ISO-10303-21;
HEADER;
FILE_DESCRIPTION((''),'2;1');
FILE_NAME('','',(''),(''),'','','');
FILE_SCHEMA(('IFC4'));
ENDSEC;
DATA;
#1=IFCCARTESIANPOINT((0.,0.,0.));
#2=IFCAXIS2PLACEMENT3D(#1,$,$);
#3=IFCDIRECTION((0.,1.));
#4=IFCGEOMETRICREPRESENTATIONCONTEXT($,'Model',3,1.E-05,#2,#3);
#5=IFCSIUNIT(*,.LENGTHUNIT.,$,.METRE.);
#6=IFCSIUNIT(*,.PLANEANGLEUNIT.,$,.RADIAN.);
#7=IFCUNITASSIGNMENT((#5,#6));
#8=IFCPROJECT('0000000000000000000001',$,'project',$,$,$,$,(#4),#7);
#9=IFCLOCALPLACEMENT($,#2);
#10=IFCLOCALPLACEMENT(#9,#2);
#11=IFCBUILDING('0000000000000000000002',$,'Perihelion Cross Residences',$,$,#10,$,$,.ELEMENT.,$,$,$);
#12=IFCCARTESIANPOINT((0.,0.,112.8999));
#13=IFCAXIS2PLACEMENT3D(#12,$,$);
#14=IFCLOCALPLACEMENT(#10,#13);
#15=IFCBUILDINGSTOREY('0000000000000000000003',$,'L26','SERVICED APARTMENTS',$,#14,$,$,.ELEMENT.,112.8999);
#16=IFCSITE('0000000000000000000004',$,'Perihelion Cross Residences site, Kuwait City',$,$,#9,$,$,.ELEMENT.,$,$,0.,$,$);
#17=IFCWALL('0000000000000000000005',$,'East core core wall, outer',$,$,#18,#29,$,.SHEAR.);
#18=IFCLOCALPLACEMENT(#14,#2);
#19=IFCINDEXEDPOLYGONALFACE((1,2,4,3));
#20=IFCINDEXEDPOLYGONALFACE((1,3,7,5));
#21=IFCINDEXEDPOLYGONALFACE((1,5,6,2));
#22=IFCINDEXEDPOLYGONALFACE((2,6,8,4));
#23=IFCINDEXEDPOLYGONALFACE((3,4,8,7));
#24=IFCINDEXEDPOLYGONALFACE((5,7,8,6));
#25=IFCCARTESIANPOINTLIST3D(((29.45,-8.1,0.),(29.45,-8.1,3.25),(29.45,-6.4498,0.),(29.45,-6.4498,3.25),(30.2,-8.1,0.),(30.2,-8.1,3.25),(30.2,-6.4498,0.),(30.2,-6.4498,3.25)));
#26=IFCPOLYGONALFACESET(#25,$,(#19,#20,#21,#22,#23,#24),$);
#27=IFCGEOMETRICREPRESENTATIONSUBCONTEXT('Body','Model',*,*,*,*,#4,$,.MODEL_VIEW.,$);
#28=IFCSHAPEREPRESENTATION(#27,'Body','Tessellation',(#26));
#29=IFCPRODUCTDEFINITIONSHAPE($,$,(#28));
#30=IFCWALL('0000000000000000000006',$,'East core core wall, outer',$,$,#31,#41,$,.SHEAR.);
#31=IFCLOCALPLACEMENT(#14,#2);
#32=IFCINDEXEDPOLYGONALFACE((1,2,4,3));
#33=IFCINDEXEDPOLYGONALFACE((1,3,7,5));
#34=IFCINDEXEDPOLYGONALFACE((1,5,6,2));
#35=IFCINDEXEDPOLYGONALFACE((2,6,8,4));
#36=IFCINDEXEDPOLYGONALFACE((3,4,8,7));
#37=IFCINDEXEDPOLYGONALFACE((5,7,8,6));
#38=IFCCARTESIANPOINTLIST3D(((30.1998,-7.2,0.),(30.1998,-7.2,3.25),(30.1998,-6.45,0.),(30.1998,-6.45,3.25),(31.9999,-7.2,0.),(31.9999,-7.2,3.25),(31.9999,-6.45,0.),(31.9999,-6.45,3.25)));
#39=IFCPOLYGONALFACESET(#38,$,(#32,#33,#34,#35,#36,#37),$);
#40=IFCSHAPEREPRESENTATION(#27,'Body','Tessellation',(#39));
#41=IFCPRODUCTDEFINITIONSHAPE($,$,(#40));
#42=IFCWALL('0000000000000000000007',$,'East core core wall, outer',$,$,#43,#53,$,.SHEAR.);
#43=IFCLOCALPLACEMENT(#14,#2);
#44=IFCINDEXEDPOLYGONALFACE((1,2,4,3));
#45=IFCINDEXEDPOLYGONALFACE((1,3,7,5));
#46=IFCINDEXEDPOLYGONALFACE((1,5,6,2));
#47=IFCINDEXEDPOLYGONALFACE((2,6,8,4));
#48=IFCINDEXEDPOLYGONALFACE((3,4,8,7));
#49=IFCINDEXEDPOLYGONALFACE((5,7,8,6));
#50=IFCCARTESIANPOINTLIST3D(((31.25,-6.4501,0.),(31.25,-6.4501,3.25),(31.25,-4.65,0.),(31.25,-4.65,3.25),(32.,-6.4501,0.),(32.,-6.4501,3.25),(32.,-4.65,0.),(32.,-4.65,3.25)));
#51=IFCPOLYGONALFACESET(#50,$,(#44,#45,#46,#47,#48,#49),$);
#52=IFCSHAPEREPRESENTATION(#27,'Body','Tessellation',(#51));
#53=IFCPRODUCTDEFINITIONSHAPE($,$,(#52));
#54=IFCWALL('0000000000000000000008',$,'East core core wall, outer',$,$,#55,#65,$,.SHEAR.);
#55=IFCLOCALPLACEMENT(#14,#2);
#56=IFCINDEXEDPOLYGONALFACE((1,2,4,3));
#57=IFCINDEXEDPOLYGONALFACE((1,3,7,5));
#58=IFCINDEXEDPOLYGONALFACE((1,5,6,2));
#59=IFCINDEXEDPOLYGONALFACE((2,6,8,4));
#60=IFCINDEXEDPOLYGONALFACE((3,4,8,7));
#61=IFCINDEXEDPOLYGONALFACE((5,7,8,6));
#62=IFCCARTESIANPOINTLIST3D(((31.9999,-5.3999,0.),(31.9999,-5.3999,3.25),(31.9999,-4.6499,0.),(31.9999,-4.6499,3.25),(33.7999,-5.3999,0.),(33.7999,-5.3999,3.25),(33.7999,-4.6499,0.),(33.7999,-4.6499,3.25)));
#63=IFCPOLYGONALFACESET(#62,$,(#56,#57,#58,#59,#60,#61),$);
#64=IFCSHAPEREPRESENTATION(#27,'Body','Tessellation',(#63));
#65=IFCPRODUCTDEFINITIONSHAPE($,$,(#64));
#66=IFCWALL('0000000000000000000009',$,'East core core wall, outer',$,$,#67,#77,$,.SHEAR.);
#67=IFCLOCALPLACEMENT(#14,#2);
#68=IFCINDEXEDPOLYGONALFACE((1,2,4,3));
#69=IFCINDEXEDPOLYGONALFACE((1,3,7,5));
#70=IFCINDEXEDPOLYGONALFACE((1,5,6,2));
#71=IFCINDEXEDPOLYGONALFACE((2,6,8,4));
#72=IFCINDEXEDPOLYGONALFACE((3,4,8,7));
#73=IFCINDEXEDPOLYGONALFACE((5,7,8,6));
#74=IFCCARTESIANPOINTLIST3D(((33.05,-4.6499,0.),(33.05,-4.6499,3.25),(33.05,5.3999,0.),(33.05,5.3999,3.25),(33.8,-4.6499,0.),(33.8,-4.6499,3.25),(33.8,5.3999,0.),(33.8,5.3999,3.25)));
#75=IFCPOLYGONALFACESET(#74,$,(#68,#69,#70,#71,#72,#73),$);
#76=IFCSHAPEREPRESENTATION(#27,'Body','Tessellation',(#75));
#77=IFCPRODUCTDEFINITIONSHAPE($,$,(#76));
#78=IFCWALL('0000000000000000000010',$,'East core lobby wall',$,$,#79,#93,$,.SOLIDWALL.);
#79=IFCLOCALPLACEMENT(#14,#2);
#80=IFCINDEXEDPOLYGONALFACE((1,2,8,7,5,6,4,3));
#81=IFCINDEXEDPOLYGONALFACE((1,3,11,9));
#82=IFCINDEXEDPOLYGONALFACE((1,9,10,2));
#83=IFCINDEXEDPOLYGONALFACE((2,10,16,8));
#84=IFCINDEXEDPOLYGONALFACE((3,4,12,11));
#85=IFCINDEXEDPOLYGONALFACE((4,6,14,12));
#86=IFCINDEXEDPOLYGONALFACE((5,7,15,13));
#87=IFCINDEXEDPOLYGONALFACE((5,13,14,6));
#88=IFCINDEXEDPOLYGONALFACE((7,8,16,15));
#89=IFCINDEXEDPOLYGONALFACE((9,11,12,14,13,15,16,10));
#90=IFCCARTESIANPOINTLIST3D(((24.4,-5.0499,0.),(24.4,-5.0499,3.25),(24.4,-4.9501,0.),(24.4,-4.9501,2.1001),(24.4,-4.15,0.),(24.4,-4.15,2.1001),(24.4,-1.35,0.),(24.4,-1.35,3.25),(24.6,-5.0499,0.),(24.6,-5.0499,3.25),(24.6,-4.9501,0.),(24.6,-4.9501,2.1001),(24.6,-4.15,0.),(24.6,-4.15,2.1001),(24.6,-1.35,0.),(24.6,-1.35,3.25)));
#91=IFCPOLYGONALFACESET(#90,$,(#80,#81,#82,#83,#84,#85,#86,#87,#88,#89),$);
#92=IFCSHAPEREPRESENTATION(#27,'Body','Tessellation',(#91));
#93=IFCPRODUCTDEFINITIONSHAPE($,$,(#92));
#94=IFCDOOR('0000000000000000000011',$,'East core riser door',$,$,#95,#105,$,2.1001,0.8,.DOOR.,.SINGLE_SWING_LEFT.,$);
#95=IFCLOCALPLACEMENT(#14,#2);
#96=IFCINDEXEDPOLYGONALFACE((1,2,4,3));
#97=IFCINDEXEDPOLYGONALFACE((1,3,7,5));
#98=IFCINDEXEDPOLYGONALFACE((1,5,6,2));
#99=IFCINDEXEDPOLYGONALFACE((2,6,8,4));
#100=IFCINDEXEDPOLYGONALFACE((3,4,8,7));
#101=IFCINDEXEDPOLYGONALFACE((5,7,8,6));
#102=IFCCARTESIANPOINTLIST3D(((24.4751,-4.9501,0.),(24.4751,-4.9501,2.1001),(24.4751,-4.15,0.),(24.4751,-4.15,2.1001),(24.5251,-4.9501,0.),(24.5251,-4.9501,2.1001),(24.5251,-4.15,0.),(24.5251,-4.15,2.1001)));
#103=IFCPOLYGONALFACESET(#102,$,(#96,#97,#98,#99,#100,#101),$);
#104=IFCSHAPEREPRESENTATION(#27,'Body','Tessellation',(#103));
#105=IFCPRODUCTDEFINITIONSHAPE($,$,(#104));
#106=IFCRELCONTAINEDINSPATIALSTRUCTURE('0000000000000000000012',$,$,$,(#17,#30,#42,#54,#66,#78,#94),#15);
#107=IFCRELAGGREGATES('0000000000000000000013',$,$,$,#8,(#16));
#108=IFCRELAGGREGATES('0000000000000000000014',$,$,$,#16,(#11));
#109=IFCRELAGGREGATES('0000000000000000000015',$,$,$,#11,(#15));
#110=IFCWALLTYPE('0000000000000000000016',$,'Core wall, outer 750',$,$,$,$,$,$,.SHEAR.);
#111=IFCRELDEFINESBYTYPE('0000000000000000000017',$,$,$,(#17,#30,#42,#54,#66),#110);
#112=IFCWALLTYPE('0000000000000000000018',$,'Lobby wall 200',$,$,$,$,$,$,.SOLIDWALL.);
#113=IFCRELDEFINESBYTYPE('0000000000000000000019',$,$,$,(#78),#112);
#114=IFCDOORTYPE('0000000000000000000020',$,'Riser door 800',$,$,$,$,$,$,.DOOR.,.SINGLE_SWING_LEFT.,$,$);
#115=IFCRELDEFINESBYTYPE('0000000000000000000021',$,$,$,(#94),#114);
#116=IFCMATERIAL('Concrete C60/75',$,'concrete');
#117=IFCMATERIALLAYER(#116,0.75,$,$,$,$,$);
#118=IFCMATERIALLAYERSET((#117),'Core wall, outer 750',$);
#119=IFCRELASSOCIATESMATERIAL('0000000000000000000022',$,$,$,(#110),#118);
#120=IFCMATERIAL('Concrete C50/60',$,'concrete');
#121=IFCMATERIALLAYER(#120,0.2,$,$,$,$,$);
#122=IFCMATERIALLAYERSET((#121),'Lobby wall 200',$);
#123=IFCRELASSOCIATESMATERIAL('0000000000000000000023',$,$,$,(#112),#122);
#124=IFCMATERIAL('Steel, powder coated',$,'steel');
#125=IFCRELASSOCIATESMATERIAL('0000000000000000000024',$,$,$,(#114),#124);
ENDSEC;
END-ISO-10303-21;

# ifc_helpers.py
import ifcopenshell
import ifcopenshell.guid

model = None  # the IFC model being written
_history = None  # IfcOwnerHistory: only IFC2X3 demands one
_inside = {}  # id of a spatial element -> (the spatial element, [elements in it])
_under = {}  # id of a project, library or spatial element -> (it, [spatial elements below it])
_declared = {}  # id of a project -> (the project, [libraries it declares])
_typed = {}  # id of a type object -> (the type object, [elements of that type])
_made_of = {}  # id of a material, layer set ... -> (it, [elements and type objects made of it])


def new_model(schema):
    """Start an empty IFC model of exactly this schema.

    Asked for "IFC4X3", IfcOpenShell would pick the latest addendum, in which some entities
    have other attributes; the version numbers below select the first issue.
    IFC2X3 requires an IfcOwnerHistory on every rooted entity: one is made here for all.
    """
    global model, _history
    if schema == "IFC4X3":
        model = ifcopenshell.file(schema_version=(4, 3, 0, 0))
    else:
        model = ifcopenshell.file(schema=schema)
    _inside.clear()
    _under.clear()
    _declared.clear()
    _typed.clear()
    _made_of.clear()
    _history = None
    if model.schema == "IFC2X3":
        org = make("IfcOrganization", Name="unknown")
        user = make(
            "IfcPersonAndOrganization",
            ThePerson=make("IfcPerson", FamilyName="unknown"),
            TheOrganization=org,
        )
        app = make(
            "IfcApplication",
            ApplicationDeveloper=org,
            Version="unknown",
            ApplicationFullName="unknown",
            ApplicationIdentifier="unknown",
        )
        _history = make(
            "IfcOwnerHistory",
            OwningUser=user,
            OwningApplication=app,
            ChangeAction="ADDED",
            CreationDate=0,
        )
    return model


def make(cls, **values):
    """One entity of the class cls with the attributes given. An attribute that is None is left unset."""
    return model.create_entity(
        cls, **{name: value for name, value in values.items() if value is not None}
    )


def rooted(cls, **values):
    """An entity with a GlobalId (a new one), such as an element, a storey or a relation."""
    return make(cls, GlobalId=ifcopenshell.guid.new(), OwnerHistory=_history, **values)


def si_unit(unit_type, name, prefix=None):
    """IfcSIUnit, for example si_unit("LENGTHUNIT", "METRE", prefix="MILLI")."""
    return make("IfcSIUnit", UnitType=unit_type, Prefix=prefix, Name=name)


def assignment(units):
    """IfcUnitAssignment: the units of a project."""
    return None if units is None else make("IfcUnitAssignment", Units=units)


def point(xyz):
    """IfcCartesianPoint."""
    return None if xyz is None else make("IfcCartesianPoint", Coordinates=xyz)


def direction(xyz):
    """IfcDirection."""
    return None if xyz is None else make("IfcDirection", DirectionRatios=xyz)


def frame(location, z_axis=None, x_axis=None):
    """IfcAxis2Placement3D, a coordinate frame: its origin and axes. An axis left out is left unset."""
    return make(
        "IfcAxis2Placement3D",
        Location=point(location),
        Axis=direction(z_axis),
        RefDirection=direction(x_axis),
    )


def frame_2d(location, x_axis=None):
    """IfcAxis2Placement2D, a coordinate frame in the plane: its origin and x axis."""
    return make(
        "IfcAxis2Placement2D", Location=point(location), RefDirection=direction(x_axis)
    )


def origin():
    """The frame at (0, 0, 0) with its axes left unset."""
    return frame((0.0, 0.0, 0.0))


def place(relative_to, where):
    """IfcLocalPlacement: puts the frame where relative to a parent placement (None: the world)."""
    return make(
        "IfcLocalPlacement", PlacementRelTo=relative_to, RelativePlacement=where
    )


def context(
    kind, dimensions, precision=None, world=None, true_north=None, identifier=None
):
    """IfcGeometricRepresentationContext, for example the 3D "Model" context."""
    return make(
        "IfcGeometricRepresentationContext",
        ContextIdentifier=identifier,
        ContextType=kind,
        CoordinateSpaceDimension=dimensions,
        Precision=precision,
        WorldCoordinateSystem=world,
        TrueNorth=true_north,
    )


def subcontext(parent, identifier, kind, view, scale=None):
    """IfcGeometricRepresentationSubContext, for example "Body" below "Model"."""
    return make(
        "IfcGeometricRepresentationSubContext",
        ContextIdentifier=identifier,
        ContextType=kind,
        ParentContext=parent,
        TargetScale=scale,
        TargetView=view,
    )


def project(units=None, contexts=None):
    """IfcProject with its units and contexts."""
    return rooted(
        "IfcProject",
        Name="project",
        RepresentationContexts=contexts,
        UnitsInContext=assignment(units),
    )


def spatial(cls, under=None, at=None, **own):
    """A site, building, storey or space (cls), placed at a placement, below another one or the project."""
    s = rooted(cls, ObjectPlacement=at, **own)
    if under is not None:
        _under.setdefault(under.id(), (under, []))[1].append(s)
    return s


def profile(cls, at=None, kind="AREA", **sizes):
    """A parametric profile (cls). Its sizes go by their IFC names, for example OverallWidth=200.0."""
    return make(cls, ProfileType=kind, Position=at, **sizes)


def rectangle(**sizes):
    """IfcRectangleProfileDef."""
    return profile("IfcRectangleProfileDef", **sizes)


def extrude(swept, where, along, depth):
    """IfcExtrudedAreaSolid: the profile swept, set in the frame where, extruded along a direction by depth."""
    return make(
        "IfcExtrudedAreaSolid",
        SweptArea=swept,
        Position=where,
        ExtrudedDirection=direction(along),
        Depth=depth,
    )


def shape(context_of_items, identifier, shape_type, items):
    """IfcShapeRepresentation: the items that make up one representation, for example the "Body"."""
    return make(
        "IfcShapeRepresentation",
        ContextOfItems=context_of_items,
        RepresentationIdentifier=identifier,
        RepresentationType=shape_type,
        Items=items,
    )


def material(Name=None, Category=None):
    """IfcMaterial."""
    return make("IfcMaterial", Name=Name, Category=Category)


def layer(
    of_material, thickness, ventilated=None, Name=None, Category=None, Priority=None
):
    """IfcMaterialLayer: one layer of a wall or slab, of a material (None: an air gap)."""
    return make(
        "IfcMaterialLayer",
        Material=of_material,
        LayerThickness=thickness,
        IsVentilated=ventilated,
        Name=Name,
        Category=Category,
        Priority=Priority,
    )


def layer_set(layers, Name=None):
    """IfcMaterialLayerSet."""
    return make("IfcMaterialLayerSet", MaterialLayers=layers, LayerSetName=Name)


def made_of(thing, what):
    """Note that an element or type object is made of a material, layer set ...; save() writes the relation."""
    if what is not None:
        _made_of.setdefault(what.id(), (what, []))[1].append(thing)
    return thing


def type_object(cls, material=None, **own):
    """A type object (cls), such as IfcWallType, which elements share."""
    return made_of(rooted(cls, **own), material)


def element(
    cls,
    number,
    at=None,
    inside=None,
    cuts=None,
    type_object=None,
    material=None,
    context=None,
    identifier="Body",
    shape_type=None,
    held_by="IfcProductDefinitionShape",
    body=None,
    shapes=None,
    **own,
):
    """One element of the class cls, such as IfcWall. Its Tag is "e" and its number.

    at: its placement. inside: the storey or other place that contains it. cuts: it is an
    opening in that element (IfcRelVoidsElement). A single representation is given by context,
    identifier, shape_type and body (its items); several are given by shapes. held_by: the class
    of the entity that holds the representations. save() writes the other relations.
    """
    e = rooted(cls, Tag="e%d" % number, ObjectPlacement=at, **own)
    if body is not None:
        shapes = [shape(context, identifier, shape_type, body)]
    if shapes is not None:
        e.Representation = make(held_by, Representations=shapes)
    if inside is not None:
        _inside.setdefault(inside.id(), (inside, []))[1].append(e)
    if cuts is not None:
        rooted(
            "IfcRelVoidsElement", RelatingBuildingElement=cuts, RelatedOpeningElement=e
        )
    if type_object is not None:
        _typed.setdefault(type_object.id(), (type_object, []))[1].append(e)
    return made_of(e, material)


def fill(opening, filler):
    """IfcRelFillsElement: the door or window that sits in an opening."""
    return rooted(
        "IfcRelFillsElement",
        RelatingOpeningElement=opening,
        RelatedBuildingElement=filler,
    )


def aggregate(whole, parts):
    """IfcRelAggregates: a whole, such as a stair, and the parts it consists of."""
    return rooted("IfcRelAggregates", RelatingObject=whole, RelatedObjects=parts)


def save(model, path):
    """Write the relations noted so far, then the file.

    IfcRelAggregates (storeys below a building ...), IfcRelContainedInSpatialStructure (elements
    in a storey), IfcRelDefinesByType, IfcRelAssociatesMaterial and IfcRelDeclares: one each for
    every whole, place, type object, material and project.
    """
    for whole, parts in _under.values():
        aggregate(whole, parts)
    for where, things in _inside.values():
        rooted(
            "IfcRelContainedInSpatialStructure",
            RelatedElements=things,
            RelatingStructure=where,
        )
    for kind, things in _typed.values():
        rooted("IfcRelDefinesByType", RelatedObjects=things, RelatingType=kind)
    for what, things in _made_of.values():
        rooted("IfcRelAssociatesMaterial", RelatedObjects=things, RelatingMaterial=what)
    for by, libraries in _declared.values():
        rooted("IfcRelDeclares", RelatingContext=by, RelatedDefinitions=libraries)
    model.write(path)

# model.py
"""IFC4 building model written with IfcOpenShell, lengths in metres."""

from ifc_helpers import new_model, si_unit, direction, frame, frame_2d, origin, place, context, subcontext, project, spatial, rectangle, extrude, material, layer, layer_set, type_object, element, fill, save


model = new_model("IFC4")

# Units and contexts
model_context = context("Model", 3, precision=1e-05, world=origin(), true_north=direction((0.0, 1.0)))
body_context = subcontext(model_context, "Body", "Model", "MODEL_VIEW")
ifc_project = project(units=[si_unit("LENGTHUNIT", "METRE"), si_unit("PLANEANGLEUNIT", "RADIAN")], contexts=[model_context])

# Site, building, storey
site_placement = place(None, origin())
site = spatial("IfcSite", under=ifc_project, at=site_placement, Name="Perihelion Cross Residences site, Kuwait City", CompositionType="ELEMENT", RefElevation=0.0)
building_placement = place(site_placement, origin())
building = spatial("IfcBuilding", under=site, at=building_placement, Name="Perihelion Cross Residences", CompositionType="ELEMENT")
storey_placement = place(building_placement, frame((0.0, 0.0, 112.8999)))
storey = spatial("IfcBuildingStorey", under=building, at=storey_placement, Name="L26", Description="SERVICED APARTMENTS", CompositionType="ELEMENT", Elevation=112.8999)

# Walls
ifc_material_1 = material(Name="Concrete C60/75", Category="concrete")
ifc_layer_1 = layer(ifc_material_1, 0.75)
ifc_layer_set_1 = layer_set([ifc_layer_1], Name="Core wall, outer 750")
wall_type_1 = type_object("IfcWallType", Name="Core wall, outer 750", PredefinedType="SHEAR", material=ifc_layer_set_1)
wall_1_placement = place(storey_placement, frame((29.825, -8.1001, 0.0), z_axis=(0.0, 0.0, 1.0), x_axis=(0.0, 1.0, 0.0)))
element("IfcWall", 1, at=wall_1_placement, inside=storey, type_object=wall_type_1, Name="East core core wall, outer", PredefinedType="SHEAR", context=body_context, shape_type="SweptSolid", body=[
    extrude(rectangle(XDim=1.6501, YDim=0.75, at=frame_2d((0.8252, 0.0))), origin(), (0.0, 0.0, 1.0), 3.25),
])
for number, where, z_axis, x_axis, name in (
    (2, (30.2, -6.825, 0.0), (0.0, 0.0, 1.0), (1.0, 0.0, 0.0), "East core core wall, outer"),
    (3, (31.625, -6.45, 0.0), (0.0, 0.0, 1.0), (0.0, 1.0, 0.0), "East core core wall, outer"),
    (4, (32.0, -5.0249, 0.0), (0.0, 0.0, 1.0), (1.0, 0.0, 0.0), "East core core wall, outer"),
):
    element("IfcWall", number, at=place(storey_placement, frame(where, z_axis=z_axis, x_axis=x_axis)), inside=storey, type_object=wall_type_1, Name=name, PredefinedType="SHEAR", context=body_context, shape_type="SweptSolid", body=[
        extrude(rectangle(XDim=1.8, YDim=0.75, at=frame_2d((0.8999, 0.0))), origin(), (0.0, 0.0, 1.0), 3.25),
    ])
wall_2_placement = place(storey_placement, frame((33.425, -4.6499, 0.0), z_axis=(0.0, 0.0, 1.0), x_axis=(0.0, 1.0, 0.0)))
element("IfcWall", 5, at=wall_2_placement, inside=storey, type_object=wall_type_1, Name="East core core wall, outer", PredefinedType="SHEAR", context=body_context, shape_type="SweptSolid", body=[
    extrude(rectangle(XDim=10.0498, YDim=0.75, at=frame_2d((5.0249, 0.0))), origin(), (0.0, 0.0, 1.0), 3.25),
])

# Wall, opening, door
ifc_material_2 = material(Name="Concrete C50/60", Category="concrete")
ifc_layer_2 = layer(ifc_material_2, 0.2)
ifc_layer_set_2 = layer_set([ifc_layer_2], Name="Lobby wall 200")
wall_type_2 = type_object("IfcWallType", Name="Lobby wall 200", PredefinedType="SOLIDWALL", material=ifc_layer_set_2)
wall_3_placement = place(storey_placement, frame((24.5, -5.05, 0.0), z_axis=(0.0, 0.0, 1.0), x_axis=(0.0, 1.0, 0.0)))
wall_3 = element("IfcWall", 6, at=wall_3_placement, inside=storey, type_object=wall_type_2, Name="East core lobby wall", PredefinedType="SOLIDWALL", context=body_context, shape_type="SweptSolid", body=[
    extrude(rectangle(XDim=3.7, YDim=0.2, at=frame_2d((1.8501, 0.0))), origin(), (0.0, 0.0, 1.0), 3.25),
])
opening_1_placement = place(wall_3_placement, frame((0.1001, 0.0, 0.0)))
opening_1 = element("IfcOpeningElement", 7, at=opening_1_placement, cuts=wall_3, PredefinedType="OPENING", context=body_context, shape_type="SweptSolid", body=[
    extrude(rectangle(XDim=0.8, YDim=2.1001, at=frame_2d((0.3999, 1.05))), frame((0.0, 0.1099, 0.0), z_axis=(0.0, -1.0, 0.0), x_axis=(1.0, 0.0, 0.0)), (0.0, 0.0, 1.0), 0.22),
])
ifc_material_3 = material(Name="Steel, powder coated", Category="steel")
door_type_1 = type_object("IfcDoorType", Name="Riser door 800", OperationType="SINGLE_SWING_LEFT", PredefinedType="DOOR", material=ifc_material_3)
door_1_placement = place(opening_1_placement, origin())
door_1 = element("IfcDoor", 8, at=door_1_placement, inside=storey, type_object=door_type_1, Name="East core riser door", OperationType="SINGLE_SWING_LEFT", OverallHeight=2.1001, OverallWidth=0.8, PredefinedType="DOOR", context=body_context, shape_type="SweptSolid", body=[
    extrude(rectangle(XDim=0.8, YDim=2.1001, at=frame_2d((0.3999, 1.05))), frame((0.0, 0.0249, 0.0), z_axis=(0.0, -1.0, 0.0), x_axis=(1.0, 0.0, 0.0)), (0.0, 0.0, 1.0), 0.05),
])
fill(opening_1, door_1)

save(model, "model.ifc")
